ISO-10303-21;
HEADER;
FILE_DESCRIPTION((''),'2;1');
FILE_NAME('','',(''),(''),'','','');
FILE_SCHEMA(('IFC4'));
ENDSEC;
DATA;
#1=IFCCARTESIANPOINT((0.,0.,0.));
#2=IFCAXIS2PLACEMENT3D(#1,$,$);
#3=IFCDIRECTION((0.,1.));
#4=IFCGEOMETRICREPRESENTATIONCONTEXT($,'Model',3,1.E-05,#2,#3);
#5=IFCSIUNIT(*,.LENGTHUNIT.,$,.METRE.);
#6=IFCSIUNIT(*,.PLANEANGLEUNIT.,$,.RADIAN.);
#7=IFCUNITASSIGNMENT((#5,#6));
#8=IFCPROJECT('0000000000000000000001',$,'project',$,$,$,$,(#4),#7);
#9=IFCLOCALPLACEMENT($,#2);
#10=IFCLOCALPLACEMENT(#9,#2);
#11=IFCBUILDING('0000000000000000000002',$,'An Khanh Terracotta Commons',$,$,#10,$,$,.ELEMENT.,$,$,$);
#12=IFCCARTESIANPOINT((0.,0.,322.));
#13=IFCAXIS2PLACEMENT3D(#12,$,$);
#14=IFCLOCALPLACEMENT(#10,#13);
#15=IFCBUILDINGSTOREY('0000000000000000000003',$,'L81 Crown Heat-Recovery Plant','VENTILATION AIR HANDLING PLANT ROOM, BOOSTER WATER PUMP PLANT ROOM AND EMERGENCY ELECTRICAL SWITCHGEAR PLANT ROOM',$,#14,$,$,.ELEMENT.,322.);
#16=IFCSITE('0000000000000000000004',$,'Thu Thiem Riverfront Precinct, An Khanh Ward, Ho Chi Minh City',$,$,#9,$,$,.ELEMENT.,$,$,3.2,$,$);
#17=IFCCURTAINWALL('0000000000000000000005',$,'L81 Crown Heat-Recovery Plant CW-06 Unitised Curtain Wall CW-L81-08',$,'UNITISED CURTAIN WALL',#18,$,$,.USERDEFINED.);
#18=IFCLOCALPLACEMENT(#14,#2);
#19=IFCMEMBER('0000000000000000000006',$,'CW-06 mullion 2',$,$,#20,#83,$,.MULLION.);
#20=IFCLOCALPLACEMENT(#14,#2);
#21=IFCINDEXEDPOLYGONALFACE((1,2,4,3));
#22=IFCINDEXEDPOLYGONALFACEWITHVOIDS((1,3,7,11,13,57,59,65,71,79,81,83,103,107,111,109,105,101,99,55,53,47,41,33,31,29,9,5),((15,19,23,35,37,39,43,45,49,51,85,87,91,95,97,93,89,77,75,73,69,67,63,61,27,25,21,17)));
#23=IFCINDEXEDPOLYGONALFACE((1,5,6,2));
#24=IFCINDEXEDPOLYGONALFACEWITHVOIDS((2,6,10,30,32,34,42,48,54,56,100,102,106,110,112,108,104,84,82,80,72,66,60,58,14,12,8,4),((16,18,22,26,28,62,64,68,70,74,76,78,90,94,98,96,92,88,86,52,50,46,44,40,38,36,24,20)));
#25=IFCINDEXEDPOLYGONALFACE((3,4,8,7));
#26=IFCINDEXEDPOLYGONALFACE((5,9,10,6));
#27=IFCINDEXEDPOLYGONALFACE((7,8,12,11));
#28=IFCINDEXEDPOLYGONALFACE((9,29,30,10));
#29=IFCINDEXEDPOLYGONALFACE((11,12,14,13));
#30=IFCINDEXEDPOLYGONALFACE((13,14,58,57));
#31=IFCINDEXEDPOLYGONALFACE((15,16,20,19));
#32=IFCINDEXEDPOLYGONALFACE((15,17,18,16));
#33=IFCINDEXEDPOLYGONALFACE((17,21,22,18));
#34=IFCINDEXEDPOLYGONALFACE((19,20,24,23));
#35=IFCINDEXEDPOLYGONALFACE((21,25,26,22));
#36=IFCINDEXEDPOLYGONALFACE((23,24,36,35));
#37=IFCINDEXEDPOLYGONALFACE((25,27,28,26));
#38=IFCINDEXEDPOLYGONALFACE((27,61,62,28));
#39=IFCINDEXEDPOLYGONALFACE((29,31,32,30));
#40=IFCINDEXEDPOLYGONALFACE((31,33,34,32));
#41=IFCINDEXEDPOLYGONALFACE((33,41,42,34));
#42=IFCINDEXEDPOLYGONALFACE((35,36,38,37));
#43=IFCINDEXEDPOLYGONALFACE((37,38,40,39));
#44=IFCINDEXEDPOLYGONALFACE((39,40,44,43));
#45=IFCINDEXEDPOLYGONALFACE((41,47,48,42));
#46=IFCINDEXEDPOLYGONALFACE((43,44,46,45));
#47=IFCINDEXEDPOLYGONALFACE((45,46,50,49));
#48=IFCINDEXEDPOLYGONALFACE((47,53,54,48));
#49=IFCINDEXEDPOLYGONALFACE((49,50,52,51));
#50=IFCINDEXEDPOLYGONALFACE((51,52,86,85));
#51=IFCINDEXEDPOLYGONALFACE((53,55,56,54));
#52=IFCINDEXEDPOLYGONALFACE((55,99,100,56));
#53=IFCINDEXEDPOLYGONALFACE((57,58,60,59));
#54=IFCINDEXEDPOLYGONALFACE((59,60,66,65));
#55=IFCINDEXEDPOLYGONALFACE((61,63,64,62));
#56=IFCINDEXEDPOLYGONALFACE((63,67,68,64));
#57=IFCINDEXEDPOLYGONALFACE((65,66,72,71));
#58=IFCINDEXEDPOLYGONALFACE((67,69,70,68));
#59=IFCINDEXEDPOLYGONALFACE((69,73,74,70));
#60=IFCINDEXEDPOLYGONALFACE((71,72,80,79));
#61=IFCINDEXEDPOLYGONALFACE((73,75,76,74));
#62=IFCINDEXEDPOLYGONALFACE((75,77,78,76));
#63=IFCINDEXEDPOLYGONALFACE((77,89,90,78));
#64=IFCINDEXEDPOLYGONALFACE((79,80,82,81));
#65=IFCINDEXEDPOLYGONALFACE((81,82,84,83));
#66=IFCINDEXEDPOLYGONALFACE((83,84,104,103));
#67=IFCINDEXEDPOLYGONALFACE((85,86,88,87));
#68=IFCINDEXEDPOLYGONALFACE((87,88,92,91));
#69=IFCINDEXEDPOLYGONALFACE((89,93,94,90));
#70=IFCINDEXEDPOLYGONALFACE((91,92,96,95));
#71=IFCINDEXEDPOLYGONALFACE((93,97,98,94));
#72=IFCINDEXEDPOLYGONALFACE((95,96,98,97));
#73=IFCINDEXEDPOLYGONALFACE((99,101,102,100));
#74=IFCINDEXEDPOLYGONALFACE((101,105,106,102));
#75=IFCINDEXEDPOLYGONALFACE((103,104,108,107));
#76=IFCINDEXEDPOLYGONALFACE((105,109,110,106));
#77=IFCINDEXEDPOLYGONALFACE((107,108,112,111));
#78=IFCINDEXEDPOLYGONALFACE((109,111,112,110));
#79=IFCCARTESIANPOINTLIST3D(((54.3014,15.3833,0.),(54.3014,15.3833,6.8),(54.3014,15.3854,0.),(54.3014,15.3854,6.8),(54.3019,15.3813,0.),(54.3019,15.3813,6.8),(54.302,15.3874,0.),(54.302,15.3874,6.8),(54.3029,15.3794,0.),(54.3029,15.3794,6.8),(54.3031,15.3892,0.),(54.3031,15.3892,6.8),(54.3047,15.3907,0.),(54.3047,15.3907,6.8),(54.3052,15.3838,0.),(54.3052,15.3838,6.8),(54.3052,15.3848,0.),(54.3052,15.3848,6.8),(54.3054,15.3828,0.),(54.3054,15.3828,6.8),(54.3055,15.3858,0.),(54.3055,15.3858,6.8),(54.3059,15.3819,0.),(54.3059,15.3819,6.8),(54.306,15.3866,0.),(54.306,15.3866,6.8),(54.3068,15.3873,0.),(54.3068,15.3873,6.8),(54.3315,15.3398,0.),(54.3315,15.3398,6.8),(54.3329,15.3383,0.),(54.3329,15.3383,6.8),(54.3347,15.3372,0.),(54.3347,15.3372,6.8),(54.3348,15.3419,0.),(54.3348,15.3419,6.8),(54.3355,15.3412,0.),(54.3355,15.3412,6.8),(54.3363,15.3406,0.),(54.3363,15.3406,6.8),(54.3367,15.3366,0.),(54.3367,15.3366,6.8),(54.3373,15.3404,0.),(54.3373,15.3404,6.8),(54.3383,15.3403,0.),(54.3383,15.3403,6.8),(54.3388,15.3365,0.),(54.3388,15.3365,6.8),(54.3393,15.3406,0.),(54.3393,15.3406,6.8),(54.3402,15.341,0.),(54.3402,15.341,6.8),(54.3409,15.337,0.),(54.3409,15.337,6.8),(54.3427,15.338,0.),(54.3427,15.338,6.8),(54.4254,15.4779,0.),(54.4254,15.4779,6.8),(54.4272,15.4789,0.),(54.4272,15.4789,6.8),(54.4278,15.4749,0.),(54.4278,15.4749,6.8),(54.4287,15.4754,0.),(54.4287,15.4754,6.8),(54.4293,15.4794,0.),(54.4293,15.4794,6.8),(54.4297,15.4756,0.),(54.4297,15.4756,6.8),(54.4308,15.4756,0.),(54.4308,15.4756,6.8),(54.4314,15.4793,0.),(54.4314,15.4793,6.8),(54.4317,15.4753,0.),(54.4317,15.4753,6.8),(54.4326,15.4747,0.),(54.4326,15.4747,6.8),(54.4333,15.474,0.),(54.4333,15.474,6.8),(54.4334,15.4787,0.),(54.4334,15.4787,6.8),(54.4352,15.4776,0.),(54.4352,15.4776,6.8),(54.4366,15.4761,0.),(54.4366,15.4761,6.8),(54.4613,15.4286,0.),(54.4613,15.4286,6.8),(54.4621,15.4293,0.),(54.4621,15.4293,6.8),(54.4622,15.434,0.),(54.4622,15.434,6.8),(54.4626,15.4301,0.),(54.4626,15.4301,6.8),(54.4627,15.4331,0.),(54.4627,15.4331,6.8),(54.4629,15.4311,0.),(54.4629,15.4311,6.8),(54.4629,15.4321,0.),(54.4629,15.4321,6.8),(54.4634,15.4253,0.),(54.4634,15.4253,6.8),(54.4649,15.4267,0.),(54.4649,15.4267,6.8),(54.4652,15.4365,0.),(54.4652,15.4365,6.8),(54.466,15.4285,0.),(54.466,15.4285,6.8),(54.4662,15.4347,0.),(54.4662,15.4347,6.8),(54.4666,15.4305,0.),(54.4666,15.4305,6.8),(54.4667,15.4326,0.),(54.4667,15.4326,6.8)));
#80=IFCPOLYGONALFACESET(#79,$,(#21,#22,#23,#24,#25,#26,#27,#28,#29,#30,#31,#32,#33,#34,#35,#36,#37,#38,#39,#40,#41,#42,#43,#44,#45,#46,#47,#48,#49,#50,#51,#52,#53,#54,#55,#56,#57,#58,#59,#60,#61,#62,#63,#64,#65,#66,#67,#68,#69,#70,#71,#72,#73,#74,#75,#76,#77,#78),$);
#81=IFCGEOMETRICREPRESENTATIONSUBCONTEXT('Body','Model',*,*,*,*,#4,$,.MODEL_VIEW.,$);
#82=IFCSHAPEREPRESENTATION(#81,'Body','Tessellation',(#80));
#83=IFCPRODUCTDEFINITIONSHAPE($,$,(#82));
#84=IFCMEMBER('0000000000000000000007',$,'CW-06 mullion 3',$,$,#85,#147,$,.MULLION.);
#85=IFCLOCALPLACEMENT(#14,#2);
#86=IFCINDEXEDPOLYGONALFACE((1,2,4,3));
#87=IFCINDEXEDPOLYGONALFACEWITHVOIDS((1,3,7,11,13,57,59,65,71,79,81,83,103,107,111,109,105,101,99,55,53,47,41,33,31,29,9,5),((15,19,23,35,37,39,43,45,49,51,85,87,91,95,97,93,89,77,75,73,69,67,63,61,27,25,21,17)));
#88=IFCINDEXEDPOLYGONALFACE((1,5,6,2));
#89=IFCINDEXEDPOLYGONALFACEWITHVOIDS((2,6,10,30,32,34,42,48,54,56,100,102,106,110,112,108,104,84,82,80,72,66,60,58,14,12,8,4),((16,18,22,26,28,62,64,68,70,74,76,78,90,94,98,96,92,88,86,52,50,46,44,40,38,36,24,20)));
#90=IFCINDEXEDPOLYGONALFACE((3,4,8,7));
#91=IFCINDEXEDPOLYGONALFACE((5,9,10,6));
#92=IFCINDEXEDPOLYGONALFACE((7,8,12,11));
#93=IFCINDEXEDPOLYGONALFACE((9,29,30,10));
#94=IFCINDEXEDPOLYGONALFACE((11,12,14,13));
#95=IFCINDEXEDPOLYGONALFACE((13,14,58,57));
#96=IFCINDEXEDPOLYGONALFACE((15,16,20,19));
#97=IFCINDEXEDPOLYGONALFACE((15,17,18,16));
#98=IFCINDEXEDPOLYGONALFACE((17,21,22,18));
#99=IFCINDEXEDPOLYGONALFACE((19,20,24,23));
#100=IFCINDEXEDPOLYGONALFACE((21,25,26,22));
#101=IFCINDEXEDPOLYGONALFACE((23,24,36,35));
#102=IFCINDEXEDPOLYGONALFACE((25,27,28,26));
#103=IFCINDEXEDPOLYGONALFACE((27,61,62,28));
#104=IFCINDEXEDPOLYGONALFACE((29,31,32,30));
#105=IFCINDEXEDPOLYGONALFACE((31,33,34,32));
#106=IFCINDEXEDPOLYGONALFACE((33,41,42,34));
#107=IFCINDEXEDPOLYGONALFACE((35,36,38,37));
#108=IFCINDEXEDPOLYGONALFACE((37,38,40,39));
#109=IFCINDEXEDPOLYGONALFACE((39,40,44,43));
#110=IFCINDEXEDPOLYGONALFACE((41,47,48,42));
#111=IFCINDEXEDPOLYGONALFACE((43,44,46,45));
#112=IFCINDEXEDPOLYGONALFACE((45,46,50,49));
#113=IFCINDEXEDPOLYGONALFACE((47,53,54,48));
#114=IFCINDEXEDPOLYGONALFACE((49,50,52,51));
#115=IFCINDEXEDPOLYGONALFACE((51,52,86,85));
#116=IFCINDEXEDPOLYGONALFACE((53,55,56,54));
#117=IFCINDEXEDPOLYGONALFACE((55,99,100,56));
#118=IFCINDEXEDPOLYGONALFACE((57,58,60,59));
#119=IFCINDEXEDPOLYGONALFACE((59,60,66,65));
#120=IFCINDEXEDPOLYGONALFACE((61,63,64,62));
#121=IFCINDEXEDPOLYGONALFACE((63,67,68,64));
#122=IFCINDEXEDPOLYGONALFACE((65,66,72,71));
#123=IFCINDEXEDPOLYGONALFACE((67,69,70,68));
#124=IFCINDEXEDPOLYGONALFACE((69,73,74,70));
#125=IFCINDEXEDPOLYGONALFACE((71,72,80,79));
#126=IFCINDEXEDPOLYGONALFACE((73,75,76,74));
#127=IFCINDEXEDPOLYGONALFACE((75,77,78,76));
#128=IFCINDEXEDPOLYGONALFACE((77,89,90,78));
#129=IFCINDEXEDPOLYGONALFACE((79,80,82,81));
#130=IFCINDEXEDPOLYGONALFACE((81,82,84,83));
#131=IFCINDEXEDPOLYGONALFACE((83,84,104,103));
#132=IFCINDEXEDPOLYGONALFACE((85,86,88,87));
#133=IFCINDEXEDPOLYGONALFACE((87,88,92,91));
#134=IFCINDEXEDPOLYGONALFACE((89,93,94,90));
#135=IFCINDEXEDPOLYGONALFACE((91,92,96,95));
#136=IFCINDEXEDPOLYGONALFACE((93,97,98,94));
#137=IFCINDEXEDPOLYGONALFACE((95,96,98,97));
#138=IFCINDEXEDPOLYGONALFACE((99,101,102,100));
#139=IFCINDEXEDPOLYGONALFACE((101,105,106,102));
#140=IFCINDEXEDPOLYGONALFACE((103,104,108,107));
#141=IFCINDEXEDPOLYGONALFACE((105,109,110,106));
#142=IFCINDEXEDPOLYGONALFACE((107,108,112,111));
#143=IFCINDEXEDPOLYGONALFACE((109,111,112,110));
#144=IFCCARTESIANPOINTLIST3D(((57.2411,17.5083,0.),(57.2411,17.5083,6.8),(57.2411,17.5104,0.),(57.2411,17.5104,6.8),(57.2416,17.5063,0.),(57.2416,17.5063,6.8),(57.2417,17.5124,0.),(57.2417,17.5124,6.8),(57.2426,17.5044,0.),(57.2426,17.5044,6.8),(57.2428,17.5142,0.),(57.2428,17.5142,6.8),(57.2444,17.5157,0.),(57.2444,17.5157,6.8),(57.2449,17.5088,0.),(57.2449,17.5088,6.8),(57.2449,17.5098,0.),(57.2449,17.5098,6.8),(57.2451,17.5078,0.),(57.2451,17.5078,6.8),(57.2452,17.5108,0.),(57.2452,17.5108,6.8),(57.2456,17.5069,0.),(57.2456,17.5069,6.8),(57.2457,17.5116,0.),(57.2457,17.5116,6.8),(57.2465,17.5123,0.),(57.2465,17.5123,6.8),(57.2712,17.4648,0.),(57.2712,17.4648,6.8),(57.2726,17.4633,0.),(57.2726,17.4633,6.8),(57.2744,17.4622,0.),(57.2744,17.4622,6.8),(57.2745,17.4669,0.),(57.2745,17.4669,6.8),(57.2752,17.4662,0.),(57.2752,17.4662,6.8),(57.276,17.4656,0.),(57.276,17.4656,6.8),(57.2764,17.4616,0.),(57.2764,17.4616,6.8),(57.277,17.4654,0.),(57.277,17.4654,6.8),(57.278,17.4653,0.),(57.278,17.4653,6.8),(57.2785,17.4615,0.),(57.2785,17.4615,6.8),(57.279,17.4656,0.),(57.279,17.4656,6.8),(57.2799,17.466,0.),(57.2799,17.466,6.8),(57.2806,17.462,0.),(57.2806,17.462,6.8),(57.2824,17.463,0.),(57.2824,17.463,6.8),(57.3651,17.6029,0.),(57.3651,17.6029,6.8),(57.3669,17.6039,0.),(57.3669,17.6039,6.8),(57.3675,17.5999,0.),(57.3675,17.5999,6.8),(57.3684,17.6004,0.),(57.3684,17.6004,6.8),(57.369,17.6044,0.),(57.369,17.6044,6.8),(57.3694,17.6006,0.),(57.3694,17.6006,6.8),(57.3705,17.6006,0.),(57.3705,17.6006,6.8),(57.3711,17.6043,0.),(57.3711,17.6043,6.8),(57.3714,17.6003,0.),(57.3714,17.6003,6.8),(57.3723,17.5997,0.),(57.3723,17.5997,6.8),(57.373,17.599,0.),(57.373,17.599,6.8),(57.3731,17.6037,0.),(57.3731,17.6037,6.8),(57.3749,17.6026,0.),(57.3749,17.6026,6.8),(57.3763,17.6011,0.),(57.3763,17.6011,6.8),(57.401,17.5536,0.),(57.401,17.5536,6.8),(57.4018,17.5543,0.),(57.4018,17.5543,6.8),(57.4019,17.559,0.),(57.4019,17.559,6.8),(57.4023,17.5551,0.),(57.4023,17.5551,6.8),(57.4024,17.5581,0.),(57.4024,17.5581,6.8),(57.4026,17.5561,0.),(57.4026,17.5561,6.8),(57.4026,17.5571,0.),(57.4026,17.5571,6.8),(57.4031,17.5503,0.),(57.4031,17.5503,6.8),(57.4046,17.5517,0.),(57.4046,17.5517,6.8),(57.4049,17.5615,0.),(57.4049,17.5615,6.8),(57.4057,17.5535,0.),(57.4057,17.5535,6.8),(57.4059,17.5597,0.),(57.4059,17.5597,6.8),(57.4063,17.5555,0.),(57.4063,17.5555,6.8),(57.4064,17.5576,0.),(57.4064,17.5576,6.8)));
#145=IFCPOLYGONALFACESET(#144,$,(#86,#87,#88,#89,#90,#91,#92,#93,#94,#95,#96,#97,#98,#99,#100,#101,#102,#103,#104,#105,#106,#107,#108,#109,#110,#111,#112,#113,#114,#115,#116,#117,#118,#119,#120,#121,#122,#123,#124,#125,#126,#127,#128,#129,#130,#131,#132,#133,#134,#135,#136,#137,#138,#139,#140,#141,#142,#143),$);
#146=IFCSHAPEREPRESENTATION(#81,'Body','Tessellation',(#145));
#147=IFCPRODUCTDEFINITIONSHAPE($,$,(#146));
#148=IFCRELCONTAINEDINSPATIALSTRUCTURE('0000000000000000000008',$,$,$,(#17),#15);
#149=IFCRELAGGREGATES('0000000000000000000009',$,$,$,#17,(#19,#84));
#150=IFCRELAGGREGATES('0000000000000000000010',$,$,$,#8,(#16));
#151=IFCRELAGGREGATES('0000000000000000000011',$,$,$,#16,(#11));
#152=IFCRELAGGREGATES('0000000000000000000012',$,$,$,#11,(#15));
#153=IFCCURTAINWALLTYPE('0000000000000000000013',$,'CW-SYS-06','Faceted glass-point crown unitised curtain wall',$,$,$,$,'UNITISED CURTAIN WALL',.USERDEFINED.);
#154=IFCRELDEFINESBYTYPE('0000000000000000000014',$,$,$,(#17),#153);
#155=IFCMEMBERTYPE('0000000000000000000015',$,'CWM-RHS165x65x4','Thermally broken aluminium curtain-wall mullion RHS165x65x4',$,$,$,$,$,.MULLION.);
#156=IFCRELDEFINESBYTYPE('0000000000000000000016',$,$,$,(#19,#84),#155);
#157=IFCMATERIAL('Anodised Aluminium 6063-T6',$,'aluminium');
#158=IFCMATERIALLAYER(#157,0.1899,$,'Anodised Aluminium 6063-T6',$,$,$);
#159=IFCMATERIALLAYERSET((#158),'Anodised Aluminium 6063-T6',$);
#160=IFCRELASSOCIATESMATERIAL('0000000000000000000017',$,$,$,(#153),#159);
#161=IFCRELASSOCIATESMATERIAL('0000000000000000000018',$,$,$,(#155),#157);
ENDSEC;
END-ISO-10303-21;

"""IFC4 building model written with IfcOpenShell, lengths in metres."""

from ifc_helpers import new_model, si_unit, direction, frame, origin, origin_2d, place, context, subcontext, project, spatial, hollow_rectangle, extrude, material, layer, layer_set, material_profile, profile_set, type_object, element, aggregate, save


model = new_model("IFC4")

# Units and contexts
model_context = context("Model", 3, precision=1e-05, world=origin(), true_north=direction((0.0, 1.0)))
body_context = subcontext(model_context, "Body", "Model", "MODEL_VIEW")
ifc_project = project(units=[si_unit("LENGTHUNIT", "METRE"), si_unit("PLANEANGLEUNIT", "RADIAN")], contexts=[model_context])

# Site, building, storey
site_placement = place(None, origin())
site = spatial("IfcSite", under=ifc_project, at=site_placement, Name="Thu Thiem Riverfront Precinct, An Khanh Ward, Ho Chi Minh City", CompositionType="ELEMENT", RefElevation=3.2)
building_placement = place(site_placement, origin())
building = spatial("IfcBuilding", under=site, at=building_placement, Name="An Khanh Terracotta Commons", CompositionType="ELEMENT")
storey_placement = place(building_placement, frame((0.0, 0.0, 322.0)))
storey = spatial("IfcBuildingStorey", under=building, at=storey_placement, Name="L81 Crown Heat-Recovery Plant", Description="VENTILATION AIR HANDLING PLANT ROOM, BOOSTER WATER PUMP PLANT ROOM AND EMERGENCY ELECTRICAL SWITCHGEAR PLANT ROOM", CompositionType="ELEMENT", Elevation=322.0)

# Shared definitions
ifc_material_1 = material(Name="Anodised Aluminium 6063-T6", Category="aluminium")
ifc_layer_1 = layer(ifc_material_1, 0.1899, Name="Anodised Aluminium 6063-T6")
ifc_layer_set_1 = layer_set([ifc_layer_1], Name="Anodised Aluminium 6063-T6")
curtain_wall_type = type_object("IfcCurtainWallType", Name="CW-SYS-06", Description="Faceted glass-point crown unitised curtain wall", ElementType="UNITISED CURTAIN WALL", PredefinedType="USERDEFINED", material=ifc_layer_set_1)
ifc_material_profile_1 = material_profile(ifc_material_1, hollow_rectangle(XDim=0.0649, YDim=0.165, WallThickness=0.0039, InnerFilletRadius=0.0039, OuterFilletRadius=0.0081, at=origin_2d()), Name="RHS165x65x4")
ifc_profile_set_1 = profile_set([ifc_material_profile_1], Name="Anodised Aluminium 6063-T6")
member_type_1 = type_object("IfcMemberType", Name="CWM-RHS165x65x4", Description="Thermally broken aluminium curtain-wall mullion RHS165x65x4", PredefinedType="MULLION", material=ifc_profile_set_1)

# Curtain wall, members
curtain_wall_1_placement = place(storey_placement, origin())
curtain_wall_1 = element("IfcCurtainWall", 1, at=curtain_wall_1_placement, inside=storey, type_object=curtain_wall_type, Name="L81 Crown Heat-Recovery Plant CW-06 Unitised Curtain Wall CW-L81-08", ObjectType="UNITISED CURTAIN WALL", PredefinedType="USERDEFINED")
member_1_placement = place(storey_placement, frame((54.384, 15.408, 0.0), z_axis=(0.0, 0.0, 1.0), x_axis=(-0.58583, 0.810434, 0.0)))
member_1 = element("IfcMember", 2, at=member_1_placement, type_object=member_type_1, Name="CW-06 mullion 2", PredefinedType="MULLION", context=body_context, shape_type="SweptSolid", body=[
    extrude(hollow_rectangle(XDim=0.0649, YDim=0.165, WallThickness=0.0039, InnerFilletRadius=0.0039, OuterFilletRadius=0.0081, at=origin_2d()), origin(), (0.0, 0.0, 1.0), 6.8),
])
member_2_placement = place(storey_placement, frame((57.3237, 17.533, 0.0), z_axis=(0.0, 0.0, 1.0), x_axis=(-0.58583, 0.810434, 0.0)))
member_2 = element("IfcMember", 3, at=member_2_placement, type_object=member_type_1, Name="CW-06 mullion 3", PredefinedType="MULLION", context=body_context, shape_type="SweptSolid", body=[
    extrude(hollow_rectangle(XDim=0.0649, YDim=0.165, WallThickness=0.0039, InnerFilletRadius=0.0039, OuterFilletRadius=0.0081, at=origin_2d()), origin(), (0.0, 0.0, 1.0), 6.8),
])

aggregate(curtain_wall_1, [member_1, member_2])

save(model, "model.ifc")
